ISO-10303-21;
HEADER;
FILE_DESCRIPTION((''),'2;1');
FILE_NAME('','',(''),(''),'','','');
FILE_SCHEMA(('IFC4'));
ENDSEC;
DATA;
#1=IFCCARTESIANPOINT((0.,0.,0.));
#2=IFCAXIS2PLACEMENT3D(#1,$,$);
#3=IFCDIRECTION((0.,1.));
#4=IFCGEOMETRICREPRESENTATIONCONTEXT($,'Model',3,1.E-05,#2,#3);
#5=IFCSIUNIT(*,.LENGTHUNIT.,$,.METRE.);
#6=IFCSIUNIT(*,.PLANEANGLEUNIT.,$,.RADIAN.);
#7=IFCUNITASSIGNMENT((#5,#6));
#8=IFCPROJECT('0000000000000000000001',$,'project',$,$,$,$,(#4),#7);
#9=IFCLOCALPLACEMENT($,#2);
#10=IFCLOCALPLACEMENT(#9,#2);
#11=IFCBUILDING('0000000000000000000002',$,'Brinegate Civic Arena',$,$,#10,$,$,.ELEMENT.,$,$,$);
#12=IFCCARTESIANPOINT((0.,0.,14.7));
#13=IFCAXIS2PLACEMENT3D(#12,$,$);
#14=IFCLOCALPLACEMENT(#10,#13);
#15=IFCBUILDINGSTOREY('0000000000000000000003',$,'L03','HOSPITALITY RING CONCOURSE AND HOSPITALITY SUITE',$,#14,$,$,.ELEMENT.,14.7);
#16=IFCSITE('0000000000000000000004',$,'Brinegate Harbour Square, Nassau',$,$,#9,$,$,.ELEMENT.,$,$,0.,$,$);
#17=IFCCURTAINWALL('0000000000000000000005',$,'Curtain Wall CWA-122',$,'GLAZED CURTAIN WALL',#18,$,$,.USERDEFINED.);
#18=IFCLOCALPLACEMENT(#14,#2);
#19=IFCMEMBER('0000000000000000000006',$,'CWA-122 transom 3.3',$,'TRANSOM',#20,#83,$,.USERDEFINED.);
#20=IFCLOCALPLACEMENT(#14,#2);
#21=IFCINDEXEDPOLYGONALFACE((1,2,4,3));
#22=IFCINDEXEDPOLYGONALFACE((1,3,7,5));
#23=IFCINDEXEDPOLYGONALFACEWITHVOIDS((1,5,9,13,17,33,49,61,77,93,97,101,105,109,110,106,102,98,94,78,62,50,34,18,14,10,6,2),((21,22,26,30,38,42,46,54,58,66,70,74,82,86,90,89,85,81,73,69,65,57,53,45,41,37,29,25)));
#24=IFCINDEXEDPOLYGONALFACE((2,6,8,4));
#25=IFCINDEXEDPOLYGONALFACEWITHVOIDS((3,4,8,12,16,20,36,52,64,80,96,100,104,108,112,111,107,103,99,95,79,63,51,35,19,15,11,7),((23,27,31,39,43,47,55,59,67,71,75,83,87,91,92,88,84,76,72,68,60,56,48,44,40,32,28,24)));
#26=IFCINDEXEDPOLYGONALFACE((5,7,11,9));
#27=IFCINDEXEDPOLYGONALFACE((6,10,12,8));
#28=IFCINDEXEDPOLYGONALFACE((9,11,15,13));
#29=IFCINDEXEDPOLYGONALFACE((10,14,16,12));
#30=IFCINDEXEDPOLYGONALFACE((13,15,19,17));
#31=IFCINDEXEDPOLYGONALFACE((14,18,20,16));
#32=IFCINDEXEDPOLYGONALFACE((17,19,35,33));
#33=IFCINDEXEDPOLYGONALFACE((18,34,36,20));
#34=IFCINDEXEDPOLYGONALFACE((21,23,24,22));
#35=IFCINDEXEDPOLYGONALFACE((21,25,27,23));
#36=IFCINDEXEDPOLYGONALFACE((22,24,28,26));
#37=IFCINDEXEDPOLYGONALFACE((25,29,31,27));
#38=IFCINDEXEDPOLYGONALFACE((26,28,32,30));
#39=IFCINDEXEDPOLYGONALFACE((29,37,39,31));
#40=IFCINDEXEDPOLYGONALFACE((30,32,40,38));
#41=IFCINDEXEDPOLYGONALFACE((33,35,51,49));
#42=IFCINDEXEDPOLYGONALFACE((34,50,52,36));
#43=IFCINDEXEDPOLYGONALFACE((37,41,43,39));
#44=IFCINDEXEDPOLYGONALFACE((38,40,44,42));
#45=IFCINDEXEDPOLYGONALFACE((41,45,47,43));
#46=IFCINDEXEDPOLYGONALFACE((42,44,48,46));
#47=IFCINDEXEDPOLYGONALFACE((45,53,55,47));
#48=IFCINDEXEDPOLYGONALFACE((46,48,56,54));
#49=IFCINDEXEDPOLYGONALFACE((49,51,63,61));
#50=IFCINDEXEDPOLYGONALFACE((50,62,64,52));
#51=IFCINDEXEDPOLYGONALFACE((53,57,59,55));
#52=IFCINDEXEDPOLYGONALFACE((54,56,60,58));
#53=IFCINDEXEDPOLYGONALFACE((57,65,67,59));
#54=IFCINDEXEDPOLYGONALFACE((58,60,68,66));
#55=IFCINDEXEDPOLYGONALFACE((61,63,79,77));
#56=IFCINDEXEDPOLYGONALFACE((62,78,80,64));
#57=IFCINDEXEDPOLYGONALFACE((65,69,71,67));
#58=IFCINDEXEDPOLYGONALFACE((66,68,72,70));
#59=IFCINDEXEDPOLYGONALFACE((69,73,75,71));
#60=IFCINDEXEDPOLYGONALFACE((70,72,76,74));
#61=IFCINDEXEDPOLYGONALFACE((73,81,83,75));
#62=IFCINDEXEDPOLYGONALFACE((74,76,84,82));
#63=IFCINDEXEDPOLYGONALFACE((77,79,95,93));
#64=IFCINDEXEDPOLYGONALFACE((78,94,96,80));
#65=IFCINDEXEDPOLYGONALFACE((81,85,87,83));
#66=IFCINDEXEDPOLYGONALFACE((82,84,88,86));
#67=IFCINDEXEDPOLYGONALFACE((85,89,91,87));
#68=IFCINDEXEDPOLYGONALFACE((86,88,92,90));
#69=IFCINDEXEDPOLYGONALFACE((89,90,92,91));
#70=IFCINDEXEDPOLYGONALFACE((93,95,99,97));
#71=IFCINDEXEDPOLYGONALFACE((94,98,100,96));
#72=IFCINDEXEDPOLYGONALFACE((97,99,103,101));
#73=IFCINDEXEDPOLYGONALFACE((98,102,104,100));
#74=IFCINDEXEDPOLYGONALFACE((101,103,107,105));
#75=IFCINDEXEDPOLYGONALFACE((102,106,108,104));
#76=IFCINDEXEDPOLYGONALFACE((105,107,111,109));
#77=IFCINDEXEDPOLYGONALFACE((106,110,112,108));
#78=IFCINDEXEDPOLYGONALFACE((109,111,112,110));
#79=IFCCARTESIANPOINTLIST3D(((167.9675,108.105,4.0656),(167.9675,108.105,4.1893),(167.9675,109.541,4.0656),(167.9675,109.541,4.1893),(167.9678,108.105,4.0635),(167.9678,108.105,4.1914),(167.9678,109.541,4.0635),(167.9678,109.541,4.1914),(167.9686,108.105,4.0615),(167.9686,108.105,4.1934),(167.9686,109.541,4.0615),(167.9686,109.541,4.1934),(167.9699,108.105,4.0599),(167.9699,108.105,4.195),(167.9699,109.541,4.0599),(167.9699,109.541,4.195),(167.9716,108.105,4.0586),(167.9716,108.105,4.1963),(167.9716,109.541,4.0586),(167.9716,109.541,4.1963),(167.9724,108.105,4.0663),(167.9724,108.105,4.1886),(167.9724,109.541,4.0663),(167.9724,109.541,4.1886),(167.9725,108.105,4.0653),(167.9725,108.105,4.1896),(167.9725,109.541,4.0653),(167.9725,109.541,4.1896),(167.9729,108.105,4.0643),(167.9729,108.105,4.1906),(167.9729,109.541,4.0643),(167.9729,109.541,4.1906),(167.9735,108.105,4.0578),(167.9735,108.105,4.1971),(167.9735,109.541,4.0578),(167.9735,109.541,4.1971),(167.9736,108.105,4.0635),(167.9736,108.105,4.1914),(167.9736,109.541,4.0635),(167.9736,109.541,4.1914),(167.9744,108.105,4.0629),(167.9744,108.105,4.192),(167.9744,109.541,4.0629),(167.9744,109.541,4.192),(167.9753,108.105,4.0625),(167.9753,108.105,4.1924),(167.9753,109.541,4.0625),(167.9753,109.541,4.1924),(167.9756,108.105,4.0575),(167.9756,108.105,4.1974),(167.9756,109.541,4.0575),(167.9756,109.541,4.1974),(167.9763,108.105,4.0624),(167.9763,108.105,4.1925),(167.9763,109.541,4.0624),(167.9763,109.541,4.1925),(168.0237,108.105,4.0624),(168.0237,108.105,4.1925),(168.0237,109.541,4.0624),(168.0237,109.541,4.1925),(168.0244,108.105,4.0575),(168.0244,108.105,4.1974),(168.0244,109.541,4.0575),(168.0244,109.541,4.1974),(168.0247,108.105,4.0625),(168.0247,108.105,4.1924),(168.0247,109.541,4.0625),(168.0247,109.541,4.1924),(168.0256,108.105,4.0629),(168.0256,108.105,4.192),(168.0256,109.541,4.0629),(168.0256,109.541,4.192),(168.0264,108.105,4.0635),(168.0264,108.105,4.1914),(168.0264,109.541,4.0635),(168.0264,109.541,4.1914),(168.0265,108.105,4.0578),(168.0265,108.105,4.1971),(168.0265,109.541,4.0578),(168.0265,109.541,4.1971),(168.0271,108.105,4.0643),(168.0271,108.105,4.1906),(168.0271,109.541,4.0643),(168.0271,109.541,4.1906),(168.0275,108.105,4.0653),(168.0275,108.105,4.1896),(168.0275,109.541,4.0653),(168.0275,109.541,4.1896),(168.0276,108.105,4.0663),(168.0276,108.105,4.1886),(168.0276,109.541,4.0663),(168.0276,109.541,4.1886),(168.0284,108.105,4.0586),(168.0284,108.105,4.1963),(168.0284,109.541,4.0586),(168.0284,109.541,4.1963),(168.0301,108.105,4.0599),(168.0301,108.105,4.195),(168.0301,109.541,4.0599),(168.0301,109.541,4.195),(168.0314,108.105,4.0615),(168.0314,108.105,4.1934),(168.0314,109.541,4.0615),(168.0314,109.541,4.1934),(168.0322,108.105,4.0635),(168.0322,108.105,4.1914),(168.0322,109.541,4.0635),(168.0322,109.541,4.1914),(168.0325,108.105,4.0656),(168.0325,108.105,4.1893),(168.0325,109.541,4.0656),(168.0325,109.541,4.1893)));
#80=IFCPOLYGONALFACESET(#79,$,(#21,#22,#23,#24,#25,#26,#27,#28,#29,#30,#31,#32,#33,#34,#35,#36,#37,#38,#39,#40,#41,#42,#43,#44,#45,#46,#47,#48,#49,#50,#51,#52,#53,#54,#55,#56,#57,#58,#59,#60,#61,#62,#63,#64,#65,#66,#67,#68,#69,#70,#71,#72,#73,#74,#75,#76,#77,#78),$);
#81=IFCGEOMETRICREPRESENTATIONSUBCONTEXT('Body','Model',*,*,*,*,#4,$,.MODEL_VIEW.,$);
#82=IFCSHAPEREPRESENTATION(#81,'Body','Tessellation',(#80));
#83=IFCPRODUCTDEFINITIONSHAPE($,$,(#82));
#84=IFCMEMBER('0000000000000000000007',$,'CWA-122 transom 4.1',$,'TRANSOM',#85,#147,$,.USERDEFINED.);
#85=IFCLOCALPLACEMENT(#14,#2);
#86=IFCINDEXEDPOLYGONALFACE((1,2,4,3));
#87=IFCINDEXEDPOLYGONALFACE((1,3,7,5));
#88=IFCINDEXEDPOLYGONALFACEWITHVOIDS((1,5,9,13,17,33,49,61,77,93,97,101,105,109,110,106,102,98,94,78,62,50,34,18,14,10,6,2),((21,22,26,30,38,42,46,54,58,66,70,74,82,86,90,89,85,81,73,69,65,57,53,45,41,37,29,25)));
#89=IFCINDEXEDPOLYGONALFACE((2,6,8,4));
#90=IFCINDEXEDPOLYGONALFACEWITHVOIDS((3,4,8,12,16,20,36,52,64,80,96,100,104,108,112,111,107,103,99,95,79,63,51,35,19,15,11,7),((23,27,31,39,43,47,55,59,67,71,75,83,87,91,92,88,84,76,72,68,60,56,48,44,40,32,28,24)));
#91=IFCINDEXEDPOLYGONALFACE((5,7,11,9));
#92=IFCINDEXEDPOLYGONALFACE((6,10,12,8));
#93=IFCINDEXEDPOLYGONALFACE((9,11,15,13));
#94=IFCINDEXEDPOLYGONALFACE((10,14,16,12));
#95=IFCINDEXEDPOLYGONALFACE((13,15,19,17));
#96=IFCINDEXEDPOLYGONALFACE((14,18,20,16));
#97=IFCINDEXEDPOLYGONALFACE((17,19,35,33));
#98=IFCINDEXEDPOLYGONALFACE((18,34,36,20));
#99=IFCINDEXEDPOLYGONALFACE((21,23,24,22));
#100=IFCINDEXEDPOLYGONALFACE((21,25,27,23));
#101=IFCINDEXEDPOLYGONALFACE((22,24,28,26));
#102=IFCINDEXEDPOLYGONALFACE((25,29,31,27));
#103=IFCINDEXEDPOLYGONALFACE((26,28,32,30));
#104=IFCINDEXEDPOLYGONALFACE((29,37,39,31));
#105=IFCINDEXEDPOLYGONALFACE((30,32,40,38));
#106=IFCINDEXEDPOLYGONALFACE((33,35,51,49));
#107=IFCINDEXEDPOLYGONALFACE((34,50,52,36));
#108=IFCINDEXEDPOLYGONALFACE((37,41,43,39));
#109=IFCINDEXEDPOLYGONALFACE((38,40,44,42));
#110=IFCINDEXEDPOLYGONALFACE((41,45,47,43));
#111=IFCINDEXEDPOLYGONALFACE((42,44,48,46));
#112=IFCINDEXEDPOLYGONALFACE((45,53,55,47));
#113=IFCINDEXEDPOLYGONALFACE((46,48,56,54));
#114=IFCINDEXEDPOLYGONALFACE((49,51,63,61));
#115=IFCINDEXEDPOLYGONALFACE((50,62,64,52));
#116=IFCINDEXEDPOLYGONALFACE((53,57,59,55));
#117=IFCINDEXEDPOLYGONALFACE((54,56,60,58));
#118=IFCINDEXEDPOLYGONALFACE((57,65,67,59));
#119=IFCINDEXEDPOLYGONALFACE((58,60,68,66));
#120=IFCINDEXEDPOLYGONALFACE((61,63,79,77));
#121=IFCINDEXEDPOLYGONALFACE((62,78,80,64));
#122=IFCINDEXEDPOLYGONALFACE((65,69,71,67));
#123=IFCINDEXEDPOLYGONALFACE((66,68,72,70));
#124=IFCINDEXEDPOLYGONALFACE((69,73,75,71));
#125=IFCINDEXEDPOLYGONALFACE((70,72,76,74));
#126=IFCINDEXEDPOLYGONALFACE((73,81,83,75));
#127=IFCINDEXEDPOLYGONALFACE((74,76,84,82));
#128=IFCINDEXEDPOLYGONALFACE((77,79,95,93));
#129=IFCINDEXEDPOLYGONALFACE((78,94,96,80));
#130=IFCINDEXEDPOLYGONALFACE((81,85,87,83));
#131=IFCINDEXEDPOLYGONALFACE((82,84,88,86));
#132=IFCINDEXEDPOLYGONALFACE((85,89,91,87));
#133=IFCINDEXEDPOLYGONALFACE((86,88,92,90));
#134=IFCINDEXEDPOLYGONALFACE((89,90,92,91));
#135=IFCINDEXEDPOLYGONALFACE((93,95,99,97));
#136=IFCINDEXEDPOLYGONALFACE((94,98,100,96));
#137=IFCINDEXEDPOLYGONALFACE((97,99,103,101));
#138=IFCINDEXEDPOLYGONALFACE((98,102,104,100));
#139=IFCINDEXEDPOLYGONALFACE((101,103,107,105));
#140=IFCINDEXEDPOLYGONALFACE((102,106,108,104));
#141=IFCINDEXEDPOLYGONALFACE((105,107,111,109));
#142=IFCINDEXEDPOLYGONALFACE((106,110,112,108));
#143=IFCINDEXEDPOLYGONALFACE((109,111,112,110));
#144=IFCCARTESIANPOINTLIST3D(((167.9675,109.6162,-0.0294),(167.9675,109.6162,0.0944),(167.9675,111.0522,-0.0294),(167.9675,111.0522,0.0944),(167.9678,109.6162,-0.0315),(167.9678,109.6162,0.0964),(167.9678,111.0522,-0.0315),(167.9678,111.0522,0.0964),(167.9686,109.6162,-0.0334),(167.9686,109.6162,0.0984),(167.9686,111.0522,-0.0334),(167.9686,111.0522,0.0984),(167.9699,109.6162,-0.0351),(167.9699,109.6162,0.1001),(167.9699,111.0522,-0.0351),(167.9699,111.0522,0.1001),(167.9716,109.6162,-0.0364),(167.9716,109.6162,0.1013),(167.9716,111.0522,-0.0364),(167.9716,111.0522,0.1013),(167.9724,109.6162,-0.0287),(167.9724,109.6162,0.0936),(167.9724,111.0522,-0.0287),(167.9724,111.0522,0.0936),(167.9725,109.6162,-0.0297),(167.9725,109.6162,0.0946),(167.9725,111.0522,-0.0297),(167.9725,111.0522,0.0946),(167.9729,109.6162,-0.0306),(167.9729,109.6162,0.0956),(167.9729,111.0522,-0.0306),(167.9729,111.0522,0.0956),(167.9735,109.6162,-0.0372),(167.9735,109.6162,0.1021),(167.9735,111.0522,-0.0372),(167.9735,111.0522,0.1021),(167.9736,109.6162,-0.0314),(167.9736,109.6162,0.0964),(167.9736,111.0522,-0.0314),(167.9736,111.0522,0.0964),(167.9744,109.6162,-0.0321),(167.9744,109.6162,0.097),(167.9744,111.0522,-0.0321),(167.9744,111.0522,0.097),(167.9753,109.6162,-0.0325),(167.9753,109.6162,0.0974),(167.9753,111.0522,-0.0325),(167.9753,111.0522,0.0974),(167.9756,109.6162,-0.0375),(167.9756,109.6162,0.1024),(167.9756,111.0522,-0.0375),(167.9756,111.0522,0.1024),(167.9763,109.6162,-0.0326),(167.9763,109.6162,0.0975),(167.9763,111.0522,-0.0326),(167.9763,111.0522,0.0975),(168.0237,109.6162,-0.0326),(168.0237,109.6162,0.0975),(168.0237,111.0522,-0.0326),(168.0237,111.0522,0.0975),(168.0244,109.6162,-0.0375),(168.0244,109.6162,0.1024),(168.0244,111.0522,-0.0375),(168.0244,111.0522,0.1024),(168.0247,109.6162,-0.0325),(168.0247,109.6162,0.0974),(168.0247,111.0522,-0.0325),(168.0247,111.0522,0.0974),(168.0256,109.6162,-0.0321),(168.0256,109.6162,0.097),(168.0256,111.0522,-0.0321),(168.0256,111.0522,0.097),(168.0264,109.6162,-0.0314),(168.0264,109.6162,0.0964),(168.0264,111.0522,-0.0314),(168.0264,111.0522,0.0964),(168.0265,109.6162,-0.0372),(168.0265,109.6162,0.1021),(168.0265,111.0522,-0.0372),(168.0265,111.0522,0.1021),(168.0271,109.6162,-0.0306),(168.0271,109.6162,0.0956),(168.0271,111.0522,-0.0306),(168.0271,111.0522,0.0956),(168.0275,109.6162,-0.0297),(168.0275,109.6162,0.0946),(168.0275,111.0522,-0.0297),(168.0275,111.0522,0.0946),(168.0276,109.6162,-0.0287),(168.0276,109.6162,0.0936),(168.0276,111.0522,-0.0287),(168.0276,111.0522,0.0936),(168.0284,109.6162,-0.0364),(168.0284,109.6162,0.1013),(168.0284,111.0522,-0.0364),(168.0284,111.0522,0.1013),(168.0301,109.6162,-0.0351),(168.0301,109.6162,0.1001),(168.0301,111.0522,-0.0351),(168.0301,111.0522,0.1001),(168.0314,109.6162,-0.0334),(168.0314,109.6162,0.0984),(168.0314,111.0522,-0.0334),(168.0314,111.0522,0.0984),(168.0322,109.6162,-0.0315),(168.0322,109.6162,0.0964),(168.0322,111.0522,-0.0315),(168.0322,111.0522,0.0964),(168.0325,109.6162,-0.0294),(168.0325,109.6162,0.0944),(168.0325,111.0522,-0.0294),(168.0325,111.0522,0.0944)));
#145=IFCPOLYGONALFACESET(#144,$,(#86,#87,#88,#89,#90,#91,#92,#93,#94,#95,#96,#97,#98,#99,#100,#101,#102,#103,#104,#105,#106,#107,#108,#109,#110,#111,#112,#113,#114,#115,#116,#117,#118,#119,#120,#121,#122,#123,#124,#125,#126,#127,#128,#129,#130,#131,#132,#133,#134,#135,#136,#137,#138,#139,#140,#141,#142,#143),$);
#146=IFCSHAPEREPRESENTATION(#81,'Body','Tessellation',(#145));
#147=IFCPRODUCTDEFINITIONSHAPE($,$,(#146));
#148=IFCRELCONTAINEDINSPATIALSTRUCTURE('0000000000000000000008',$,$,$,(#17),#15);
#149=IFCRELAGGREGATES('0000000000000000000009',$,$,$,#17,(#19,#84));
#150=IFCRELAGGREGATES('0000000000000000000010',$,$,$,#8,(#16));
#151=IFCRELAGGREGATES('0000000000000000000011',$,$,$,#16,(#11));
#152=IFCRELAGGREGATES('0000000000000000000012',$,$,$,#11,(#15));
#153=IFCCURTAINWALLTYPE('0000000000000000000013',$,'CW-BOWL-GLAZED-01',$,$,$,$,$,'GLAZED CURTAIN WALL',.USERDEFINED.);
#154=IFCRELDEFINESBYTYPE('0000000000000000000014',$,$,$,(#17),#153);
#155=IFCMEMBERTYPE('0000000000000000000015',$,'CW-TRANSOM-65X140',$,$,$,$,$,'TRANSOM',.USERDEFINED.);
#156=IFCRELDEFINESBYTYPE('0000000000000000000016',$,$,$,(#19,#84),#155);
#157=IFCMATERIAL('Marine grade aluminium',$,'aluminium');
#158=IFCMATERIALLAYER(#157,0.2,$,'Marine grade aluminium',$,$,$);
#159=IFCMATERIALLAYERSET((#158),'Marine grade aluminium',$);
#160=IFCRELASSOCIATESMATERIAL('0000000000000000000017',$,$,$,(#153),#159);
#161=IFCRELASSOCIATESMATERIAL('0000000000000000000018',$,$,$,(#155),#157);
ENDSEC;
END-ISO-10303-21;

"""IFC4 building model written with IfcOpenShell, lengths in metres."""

from ifc_helpers import new_model, si_unit, direction, frame, origin, origin_2d, place, context, subcontext, project, spatial, hollow_rectangle, extrude, material, layer, layer_set, material_profile, profile_set, type_object, element, aggregate, save


model = new_model("IFC4")

# Units and contexts
model_context = context("Model", 3, precision=1e-05, world=origin(), true_north=direction((0.0, 1.0)))
body_context = subcontext(model_context, "Body", "Model", "MODEL_VIEW")
ifc_project = project(units=[si_unit("LENGTHUNIT", "METRE"), si_unit("PLANEANGLEUNIT", "RADIAN")], contexts=[model_context])

# Site, building, storey
site_placement = place(None, origin())
site = spatial("IfcSite", under=ifc_project, at=site_placement, Name="Brinegate Harbour Square, Nassau", CompositionType="ELEMENT", RefElevation=0.0)
building_placement = place(site_placement, origin())
building = spatial("IfcBuilding", under=site, at=building_placement, Name="Brinegate Civic Arena", CompositionType="ELEMENT")
storey_placement = place(building_placement, frame((0.0, 0.0, 14.7)))
storey = spatial("IfcBuildingStorey", under=building, at=storey_placement, Name="L03", Description="HOSPITALITY RING CONCOURSE AND HOSPITALITY SUITE", CompositionType="ELEMENT", Elevation=14.7)

# Curtain wall, members
ifc_material_1 = material(Name="Marine grade aluminium", Category="aluminium")
ifc_layer_1 = layer(ifc_material_1, 0.2, Name="Marine grade aluminium")
ifc_layer_set_1 = layer_set([ifc_layer_1], Name="Marine grade aluminium")
curtain_wall_type = type_object("IfcCurtainWallType", Name="CW-BOWL-GLAZED-01", ElementType="GLAZED CURTAIN WALL", PredefinedType="USERDEFINED", material=ifc_layer_set_1)
curtain_wall_placement = place(storey_placement, origin())
curtain_wall = element("IfcCurtainWall", 1, at=curtain_wall_placement, inside=storey, type_object=curtain_wall_type, Name="Curtain Wall CWA-122", ObjectType="GLAZED CURTAIN WALL", PredefinedType="USERDEFINED")
ifc_material_profile_1 = material_profile(ifc_material_1, hollow_rectangle(XDim=0.0649, YDim=0.1399, WallThickness=0.0049, InnerFilletRadius=0.0039, OuterFilletRadius=0.0081, at=origin_2d()), Name="TRN65X140")
ifc_profile_set_1 = profile_set([ifc_material_profile_1], Name="Marine grade aluminium")
member_type_1 = type_object("IfcMemberType", Name="CW-TRANSOM-65X140", ElementType="TRANSOM", PredefinedType="USERDEFINED", material=ifc_profile_set_1)
member_1_placement = place(storey_placement, frame((168.0, 108.105, 4.1274), z_axis=(0.0, 1.0, 0.0), x_axis=(-1.0, 0.0, 0.0)))
member_1 = element("IfcMember", 2, at=member_1_placement, type_object=member_type_1, Name="CWA-122 transom 3.3", ObjectType="TRANSOM", PredefinedType="USERDEFINED", context=body_context, shape_type="SweptSolid", body=[
    extrude(hollow_rectangle(XDim=0.0649, YDim=0.1399, WallThickness=0.0049, InnerFilletRadius=0.0039, OuterFilletRadius=0.0081, at=origin_2d()), origin(), (0.0, 0.0, 1.0), 1.436),
])
member_2_placement = place(storey_placement, frame((168.0, 109.6162, 0.0325), z_axis=(0.0, 1.0, 0.0), x_axis=(-1.0, 0.0, 0.0)))
member_2 = element("IfcMember", 3, at=member_2_placement, type_object=member_type_1, Name="CWA-122 transom 4.1", ObjectType="TRANSOM", PredefinedType="USERDEFINED", context=body_context, shape_type="SweptSolid", body=[
    extrude(hollow_rectangle(XDim=0.0649, YDim=0.1399, WallThickness=0.0049, InnerFilletRadius=0.0039, OuterFilletRadius=0.0081, at=origin_2d()), origin(), (0.0, 0.0, 1.0), 1.436),
])
aggregate(curtain_wall, [member_1, member_2])

save(model, "model.ifc")
